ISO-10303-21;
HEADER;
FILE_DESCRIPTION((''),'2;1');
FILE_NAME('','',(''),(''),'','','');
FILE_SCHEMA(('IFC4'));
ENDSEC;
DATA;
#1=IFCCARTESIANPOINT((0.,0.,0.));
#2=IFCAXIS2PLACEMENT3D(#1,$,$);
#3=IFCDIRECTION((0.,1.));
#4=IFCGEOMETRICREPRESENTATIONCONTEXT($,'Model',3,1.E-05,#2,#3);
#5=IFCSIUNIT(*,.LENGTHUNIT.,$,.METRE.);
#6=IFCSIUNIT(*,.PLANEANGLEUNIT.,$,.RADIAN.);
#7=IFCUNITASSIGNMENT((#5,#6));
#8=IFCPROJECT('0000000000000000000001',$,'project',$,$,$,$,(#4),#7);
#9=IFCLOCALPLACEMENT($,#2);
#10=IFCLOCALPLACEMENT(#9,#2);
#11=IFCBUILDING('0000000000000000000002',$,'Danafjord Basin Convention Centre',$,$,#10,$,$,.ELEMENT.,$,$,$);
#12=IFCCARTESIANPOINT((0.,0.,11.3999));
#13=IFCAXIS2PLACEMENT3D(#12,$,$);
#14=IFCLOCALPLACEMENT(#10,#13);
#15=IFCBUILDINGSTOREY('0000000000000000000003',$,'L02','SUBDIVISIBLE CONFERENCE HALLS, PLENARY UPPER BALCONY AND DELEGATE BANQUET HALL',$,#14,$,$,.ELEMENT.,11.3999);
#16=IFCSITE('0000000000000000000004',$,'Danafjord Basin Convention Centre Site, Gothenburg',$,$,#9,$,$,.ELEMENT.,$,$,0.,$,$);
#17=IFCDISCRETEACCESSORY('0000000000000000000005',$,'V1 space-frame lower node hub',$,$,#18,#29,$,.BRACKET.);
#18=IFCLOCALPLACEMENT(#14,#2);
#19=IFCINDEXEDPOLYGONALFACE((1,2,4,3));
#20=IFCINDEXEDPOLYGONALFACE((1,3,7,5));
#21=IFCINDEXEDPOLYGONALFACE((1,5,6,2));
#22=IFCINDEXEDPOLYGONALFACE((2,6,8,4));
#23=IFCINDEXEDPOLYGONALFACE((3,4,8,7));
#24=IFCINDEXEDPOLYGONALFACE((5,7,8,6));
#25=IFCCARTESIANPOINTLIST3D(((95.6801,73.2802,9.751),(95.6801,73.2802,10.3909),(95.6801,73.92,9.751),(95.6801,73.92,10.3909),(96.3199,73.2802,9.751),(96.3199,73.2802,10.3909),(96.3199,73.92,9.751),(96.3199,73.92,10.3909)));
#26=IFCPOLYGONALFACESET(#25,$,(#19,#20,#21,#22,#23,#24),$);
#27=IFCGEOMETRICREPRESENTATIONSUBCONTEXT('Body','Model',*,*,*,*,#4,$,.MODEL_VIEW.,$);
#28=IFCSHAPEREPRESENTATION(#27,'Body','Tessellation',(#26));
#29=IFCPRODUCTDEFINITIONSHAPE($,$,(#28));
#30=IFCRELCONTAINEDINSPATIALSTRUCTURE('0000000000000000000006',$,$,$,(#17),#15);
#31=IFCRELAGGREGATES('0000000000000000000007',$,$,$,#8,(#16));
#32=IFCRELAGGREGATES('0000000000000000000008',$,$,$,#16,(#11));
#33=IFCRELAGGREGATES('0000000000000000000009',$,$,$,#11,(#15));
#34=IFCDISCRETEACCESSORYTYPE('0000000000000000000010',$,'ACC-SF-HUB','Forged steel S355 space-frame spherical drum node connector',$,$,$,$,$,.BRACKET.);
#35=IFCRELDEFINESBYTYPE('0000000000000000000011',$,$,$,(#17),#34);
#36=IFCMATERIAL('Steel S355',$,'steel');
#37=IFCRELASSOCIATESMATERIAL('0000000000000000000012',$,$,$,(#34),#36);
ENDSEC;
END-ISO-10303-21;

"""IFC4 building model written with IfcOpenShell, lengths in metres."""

from ifc_helpers import new_model, si_unit, direction, frame, origin, origin_2d, place, context, subcontext, project, spatial, rectangle, extrude, material, type_object, element, save


model = new_model("IFC4")

# Units and contexts
model_context = context("Model", 3, precision=1e-05, world=origin(), true_north=direction((0.0, 1.0)))
body_context = subcontext(model_context, "Body", "Model", "MODEL_VIEW")
ifc_project = project(units=[si_unit("LENGTHUNIT", "METRE"), si_unit("PLANEANGLEUNIT", "RADIAN")], contexts=[model_context])

# Site, building, storey
site_placement = place(None, origin())
site = spatial("IfcSite", under=ifc_project, at=site_placement, Name="Danafjord Basin Convention Centre Site, Gothenburg", CompositionType="ELEMENT", RefElevation=0.0)
building_placement = place(site_placement, origin())
building = spatial("IfcBuilding", under=site, at=building_placement, Name="Danafjord Basin Convention Centre", CompositionType="ELEMENT")
storey_placement = place(building_placement, frame((0.0, 0.0, 11.3999)))
storey = spatial("IfcBuildingStorey", under=building, at=storey_placement, Name="L02", Description="SUBDIVISIBLE CONFERENCE HALLS, PLENARY UPPER BALCONY AND DELEGATE BANQUET HALL", CompositionType="ELEMENT", Elevation=11.3999)

# Shared definitions
ifc_material_1 = material(Name="Steel S355", Category="steel")

# Discrete accessory
discrete_accessory_type = type_object("IfcDiscreteAccessoryType", Name="ACC-SF-HUB", Description="Forged steel S355 space-frame spherical drum node connector", PredefinedType="BRACKET", material=ifc_material_1)
for number, where, z_axis, x_axis, name in (
    (1, (96.0, 73.6001, 9.751), (0.0, 0.0, 1.0), (1.0, 0.0, 0.0), "V1 space-frame lower node hub"),
):
    element("IfcDiscreteAccessory", number, at=place(storey_placement, frame(where, z_axis=z_axis, x_axis=x_axis)), inside=storey, type_object=discrete_accessory_type, Name=name, PredefinedType="BRACKET", context=body_context, shape_type="SweptSolid", body=[
        extrude(rectangle(XDim=0.6399, YDim=0.6399, at=origin_2d()), origin(), (0.0, 0.0, 1.0), 0.6399),
    ])

save(model, "model.ifc")
